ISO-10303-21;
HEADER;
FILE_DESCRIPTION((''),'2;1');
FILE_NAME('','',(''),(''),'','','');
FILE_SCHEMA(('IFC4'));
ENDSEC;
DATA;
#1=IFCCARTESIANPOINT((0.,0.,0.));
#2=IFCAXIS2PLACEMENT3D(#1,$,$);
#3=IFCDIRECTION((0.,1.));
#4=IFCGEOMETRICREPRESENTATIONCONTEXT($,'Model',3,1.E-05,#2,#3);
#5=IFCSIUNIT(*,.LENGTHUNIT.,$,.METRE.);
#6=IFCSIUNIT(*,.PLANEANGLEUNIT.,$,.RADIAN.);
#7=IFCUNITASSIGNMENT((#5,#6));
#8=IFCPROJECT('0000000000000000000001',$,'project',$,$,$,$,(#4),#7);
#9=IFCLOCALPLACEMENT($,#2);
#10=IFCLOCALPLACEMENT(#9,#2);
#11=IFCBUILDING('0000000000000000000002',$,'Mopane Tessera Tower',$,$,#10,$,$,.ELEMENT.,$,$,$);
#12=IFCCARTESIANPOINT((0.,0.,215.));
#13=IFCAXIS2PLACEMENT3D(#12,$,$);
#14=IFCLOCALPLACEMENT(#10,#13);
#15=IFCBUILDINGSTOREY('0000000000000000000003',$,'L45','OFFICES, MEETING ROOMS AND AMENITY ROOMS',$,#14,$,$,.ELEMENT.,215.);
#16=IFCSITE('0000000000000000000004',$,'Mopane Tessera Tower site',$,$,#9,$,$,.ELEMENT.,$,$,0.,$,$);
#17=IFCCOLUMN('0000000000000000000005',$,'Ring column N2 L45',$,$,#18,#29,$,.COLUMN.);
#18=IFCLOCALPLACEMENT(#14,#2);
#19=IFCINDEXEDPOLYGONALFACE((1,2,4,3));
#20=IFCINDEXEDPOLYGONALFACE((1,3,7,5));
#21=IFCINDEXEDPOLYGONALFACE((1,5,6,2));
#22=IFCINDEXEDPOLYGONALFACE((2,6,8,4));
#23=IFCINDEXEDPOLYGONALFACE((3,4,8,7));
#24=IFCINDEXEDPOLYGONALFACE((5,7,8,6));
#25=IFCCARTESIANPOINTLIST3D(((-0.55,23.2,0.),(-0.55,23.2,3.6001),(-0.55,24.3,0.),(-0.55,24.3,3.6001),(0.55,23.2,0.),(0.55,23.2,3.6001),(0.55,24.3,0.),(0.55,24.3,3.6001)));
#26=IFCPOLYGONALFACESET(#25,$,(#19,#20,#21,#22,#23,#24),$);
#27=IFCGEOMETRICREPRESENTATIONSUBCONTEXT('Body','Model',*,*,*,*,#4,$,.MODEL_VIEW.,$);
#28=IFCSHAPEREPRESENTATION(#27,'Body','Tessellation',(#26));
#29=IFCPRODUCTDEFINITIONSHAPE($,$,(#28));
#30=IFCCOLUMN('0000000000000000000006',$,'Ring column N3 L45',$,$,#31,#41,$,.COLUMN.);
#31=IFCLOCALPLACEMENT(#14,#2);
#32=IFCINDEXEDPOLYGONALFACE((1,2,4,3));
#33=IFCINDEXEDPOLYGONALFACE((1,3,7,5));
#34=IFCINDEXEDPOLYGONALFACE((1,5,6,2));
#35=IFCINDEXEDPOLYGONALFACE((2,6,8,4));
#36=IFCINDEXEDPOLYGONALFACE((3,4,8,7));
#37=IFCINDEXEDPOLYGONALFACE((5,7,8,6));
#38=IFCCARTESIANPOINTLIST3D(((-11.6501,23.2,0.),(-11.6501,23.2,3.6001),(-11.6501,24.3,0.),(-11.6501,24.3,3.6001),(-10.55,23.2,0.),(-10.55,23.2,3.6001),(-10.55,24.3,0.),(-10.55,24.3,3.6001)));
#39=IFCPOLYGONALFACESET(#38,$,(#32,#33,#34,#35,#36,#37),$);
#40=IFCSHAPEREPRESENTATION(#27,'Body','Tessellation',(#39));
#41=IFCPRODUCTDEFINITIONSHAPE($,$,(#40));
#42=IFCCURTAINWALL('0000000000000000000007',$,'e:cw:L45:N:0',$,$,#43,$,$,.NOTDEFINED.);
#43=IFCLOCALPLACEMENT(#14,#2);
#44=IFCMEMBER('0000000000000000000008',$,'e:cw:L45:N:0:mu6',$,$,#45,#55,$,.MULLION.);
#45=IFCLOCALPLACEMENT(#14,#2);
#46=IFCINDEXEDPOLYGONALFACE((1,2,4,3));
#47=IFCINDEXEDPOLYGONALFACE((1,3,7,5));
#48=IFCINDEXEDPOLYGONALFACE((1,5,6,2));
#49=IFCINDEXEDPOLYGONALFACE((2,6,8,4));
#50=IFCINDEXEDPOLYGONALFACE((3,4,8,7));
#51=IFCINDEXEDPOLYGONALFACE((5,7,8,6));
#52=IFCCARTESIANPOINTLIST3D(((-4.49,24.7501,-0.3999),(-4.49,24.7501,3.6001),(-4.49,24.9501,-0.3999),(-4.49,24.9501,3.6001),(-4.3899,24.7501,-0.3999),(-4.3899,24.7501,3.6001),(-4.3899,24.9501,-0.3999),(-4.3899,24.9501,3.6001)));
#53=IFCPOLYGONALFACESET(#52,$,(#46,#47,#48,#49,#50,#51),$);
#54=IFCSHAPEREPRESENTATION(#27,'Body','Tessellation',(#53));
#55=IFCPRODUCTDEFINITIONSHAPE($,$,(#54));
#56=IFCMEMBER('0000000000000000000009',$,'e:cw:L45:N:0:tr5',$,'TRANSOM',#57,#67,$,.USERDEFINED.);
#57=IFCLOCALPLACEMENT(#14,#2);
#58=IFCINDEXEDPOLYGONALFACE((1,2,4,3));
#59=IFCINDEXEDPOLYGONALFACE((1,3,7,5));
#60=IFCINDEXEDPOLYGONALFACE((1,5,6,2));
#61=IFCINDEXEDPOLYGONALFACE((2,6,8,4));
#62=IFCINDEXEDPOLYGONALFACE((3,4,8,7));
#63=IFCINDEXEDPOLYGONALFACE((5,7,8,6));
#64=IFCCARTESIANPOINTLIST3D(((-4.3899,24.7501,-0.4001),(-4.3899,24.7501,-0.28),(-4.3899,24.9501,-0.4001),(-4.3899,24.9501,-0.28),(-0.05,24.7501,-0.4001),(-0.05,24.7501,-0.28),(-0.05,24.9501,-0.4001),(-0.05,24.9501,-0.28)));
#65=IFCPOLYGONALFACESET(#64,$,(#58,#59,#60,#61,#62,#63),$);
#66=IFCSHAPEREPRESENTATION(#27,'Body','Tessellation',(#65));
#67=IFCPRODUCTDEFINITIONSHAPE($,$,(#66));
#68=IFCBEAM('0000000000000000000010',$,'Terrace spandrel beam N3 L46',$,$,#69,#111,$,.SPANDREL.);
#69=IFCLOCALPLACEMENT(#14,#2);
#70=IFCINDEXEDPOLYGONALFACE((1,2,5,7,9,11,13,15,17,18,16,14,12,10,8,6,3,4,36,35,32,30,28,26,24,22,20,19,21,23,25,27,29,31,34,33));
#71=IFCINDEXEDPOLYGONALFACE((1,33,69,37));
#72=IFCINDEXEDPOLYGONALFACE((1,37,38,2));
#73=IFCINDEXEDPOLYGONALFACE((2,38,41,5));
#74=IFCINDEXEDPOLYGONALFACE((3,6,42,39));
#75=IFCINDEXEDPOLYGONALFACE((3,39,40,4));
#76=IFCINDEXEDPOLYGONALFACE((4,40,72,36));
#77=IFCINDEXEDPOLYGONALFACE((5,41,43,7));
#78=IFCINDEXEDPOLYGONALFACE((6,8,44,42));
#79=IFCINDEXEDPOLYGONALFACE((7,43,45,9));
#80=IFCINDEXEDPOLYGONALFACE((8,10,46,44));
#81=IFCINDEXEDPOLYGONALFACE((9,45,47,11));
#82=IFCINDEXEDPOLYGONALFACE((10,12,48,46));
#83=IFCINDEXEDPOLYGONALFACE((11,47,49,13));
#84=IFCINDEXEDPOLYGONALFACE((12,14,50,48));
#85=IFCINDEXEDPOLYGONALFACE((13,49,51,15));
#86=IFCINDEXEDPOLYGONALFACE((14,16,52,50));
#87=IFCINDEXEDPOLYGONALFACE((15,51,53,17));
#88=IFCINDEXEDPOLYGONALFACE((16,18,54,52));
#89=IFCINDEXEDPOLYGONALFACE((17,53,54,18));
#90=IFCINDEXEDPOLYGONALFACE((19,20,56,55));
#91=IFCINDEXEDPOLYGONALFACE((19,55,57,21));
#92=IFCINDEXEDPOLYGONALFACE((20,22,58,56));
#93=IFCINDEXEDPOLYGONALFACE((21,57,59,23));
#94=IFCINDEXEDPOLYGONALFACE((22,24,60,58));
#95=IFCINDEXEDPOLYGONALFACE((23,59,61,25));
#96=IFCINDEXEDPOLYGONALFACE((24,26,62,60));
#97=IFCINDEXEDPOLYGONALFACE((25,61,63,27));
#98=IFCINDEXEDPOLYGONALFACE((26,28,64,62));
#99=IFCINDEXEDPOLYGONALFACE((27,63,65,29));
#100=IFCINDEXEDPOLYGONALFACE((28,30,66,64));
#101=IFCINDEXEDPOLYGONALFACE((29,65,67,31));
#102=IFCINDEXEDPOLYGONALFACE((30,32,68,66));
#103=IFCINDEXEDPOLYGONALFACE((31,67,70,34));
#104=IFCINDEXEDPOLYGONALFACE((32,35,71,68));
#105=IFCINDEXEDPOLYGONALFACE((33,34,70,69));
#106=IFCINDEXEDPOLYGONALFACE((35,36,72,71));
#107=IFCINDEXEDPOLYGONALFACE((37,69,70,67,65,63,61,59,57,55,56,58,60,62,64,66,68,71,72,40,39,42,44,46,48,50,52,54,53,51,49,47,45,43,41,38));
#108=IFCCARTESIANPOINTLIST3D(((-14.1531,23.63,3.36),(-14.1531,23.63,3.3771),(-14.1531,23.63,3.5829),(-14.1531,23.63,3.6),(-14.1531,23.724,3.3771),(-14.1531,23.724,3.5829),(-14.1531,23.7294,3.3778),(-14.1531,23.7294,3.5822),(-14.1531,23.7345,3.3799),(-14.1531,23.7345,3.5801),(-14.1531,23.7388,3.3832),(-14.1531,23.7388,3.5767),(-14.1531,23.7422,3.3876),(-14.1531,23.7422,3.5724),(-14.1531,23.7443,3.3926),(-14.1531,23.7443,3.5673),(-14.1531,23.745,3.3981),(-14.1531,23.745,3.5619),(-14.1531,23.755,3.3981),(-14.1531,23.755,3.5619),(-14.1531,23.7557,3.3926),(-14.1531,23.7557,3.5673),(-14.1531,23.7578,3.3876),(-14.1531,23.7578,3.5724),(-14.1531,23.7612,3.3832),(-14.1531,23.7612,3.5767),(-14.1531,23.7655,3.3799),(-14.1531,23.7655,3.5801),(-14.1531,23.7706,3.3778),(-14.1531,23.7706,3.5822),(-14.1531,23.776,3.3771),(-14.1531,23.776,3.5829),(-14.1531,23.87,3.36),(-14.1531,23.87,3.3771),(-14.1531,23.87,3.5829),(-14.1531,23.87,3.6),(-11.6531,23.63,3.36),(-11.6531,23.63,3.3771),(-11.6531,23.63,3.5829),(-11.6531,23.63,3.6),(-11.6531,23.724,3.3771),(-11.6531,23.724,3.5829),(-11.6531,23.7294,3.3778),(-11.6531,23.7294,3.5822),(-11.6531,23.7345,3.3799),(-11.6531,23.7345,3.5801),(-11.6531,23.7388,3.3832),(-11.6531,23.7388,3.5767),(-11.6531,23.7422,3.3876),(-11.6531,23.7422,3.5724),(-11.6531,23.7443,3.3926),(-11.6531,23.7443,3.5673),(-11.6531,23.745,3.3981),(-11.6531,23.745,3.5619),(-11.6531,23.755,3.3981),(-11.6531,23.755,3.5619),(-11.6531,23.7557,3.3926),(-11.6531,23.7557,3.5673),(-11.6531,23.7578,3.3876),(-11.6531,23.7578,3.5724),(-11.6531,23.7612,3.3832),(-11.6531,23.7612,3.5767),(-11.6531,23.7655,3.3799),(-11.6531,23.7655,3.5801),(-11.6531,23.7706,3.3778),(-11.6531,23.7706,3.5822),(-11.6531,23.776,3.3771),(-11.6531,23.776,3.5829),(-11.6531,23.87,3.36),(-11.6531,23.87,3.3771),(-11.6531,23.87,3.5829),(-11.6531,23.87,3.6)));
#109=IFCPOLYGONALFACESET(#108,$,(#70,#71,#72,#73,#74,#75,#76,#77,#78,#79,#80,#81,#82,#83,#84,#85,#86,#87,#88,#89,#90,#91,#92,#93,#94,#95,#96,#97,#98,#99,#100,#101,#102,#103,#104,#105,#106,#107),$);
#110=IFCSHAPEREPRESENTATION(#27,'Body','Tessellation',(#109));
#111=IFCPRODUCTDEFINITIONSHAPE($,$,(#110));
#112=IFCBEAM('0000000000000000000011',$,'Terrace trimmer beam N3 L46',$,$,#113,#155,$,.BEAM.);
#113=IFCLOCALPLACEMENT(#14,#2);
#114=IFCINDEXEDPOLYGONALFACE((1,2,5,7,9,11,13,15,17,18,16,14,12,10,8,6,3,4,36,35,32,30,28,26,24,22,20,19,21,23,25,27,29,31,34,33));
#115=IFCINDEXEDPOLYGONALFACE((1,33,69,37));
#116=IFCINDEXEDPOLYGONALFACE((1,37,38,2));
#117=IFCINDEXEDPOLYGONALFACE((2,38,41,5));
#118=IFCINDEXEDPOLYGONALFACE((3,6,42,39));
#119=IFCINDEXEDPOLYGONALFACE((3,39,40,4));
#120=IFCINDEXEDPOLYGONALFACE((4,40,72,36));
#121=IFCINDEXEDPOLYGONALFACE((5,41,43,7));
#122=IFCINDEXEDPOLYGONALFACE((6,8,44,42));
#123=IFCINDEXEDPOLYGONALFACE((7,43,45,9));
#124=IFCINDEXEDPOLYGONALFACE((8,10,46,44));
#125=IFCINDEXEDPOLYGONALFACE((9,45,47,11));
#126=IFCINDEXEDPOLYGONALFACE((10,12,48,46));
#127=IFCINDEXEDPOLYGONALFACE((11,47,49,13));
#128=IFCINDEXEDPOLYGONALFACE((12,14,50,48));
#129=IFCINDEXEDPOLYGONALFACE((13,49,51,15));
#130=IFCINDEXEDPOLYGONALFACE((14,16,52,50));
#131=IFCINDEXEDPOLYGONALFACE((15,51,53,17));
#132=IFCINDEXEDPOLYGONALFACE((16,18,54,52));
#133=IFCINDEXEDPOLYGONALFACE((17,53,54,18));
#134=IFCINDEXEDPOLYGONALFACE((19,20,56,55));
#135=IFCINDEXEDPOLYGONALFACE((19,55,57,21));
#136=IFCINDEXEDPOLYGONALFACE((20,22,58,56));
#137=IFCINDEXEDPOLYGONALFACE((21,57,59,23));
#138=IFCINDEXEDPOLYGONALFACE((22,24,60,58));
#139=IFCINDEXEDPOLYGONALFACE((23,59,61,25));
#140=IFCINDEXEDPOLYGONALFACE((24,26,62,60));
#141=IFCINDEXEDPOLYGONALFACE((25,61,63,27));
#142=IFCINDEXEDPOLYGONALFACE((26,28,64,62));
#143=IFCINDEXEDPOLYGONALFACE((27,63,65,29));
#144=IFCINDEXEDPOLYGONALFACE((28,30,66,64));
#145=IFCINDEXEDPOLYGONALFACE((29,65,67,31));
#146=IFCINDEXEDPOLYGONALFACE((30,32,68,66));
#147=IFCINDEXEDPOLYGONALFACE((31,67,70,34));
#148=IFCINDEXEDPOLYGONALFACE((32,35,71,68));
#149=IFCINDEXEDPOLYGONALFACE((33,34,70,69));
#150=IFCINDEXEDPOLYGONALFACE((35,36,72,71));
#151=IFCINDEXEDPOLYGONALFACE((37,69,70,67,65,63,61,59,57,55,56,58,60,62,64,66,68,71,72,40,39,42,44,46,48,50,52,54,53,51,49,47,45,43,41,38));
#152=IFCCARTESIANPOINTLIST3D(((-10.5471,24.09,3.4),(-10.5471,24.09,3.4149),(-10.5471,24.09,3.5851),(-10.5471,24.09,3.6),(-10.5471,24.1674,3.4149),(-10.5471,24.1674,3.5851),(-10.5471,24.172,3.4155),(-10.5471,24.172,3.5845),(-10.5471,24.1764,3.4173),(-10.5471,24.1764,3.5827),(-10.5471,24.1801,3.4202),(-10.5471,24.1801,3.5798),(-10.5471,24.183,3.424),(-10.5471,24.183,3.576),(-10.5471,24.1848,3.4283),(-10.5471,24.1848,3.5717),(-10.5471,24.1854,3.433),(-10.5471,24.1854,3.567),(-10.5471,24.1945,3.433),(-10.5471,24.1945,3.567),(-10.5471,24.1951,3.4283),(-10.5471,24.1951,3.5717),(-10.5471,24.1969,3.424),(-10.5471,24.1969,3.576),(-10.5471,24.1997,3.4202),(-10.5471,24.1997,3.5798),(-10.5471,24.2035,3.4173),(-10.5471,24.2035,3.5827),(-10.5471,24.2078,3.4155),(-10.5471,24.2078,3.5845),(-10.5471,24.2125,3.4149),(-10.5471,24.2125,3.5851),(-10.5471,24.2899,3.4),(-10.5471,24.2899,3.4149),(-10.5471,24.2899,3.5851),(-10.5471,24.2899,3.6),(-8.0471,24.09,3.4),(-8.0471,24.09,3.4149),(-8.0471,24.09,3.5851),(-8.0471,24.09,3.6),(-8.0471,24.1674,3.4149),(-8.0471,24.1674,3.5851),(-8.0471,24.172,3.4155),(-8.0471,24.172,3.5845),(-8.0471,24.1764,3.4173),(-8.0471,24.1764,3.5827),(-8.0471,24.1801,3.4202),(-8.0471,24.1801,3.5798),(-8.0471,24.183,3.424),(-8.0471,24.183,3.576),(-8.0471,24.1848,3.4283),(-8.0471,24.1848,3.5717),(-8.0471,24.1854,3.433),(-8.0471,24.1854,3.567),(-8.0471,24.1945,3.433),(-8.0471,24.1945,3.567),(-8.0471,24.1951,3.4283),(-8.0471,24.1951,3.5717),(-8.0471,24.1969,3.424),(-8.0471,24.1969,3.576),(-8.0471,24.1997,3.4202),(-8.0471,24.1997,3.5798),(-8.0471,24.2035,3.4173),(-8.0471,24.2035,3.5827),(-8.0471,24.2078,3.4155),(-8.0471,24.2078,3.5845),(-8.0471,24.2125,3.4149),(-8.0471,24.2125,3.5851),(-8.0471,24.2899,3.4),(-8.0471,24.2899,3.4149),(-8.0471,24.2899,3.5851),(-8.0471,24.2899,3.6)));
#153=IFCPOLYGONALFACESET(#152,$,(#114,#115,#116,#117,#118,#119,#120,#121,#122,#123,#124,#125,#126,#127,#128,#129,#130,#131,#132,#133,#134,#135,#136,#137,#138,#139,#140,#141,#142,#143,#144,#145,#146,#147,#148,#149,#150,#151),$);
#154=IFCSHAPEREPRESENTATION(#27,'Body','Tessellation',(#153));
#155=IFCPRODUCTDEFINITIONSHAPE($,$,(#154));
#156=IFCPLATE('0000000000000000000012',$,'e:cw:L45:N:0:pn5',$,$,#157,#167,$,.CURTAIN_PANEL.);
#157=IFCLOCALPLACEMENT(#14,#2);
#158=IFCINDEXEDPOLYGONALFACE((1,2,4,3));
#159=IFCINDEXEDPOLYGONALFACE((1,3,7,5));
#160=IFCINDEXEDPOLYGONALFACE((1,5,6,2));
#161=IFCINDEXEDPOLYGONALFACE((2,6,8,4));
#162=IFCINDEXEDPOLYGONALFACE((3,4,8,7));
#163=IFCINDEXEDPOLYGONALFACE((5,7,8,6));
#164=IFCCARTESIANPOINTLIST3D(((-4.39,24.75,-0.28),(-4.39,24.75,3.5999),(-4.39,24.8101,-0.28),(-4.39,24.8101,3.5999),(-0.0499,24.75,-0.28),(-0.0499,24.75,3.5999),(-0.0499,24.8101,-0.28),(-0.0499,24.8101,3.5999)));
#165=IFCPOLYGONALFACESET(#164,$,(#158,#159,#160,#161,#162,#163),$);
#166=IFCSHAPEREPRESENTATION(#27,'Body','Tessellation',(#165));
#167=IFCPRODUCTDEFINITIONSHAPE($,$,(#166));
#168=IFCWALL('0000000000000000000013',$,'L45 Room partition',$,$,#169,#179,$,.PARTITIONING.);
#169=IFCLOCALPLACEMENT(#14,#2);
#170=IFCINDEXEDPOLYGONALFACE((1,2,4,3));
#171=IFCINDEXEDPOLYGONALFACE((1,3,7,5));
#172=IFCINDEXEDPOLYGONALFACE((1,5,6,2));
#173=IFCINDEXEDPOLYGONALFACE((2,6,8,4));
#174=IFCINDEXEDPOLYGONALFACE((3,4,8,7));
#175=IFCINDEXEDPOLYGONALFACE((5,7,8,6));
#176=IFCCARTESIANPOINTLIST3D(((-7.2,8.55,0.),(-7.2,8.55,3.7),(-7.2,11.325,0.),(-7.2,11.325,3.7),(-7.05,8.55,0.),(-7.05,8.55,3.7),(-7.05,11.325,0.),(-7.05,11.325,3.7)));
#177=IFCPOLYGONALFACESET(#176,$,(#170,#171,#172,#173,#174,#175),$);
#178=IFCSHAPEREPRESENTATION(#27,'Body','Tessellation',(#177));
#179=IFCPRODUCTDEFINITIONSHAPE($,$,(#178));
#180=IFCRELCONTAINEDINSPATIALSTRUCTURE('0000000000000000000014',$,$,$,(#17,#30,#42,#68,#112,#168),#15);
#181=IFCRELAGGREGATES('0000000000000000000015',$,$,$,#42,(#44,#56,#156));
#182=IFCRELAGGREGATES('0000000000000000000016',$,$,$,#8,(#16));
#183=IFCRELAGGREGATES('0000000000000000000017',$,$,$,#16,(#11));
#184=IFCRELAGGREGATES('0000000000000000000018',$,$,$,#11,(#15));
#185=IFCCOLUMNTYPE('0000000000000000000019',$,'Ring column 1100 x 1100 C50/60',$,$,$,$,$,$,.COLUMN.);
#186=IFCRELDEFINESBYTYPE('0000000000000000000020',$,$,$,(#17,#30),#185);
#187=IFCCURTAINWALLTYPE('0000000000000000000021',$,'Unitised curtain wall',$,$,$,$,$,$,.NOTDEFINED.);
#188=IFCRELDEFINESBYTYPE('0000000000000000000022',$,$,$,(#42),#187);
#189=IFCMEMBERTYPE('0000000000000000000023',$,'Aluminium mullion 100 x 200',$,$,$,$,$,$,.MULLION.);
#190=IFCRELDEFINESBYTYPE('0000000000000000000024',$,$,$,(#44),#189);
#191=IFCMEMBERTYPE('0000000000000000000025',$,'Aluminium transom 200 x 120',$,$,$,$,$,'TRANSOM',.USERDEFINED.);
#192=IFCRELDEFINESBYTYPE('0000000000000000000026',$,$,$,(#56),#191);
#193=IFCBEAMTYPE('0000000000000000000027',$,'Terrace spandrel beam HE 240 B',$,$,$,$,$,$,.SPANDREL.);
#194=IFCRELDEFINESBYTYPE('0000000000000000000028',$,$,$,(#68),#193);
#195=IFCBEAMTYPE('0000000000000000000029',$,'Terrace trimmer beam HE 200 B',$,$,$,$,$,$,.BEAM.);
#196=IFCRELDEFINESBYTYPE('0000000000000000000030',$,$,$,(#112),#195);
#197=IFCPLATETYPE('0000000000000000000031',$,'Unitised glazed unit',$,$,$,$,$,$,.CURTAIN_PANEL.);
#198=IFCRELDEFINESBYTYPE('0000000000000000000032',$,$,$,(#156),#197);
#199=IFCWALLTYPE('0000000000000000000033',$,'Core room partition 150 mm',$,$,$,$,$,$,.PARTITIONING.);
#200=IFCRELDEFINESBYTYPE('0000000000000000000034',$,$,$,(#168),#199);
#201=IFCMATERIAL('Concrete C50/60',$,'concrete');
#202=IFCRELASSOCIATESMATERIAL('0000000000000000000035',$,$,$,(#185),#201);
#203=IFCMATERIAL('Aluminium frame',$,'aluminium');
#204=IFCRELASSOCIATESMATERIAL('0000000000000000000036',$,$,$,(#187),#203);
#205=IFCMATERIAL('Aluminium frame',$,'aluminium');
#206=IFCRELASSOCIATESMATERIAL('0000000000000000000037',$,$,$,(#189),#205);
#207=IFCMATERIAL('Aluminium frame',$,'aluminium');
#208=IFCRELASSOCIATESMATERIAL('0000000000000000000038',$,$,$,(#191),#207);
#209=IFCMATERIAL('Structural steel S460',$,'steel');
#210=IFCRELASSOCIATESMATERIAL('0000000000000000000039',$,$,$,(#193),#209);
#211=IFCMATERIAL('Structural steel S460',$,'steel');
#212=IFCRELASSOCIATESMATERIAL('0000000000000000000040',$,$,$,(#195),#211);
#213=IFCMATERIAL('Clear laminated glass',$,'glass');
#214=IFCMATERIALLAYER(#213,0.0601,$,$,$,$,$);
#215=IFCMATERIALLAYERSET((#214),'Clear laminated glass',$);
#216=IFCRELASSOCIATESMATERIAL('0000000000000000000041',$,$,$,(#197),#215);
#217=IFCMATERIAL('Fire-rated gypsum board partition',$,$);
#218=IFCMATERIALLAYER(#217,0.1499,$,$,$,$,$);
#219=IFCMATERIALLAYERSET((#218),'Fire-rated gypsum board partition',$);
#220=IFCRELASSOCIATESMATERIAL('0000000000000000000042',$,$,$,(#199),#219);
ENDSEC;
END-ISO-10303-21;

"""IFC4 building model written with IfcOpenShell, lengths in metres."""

from ifc_helpers import new_model, si_unit, direction, frame, frame_2d, origin, origin_2d, place, context, subcontext, project, spatial, rectangle, i_section, extrude, material, layer, layer_set, material_profile, profile_set, type_object, element, aggregate, save


model = new_model("IFC4")

# Units and contexts
model_context = context("Model", 3, precision=1e-05, world=origin(), true_north=direction((0.0, 1.0)))
body_context = subcontext(model_context, "Body", "Model", "MODEL_VIEW")
ifc_project = project(units=[si_unit("LENGTHUNIT", "METRE"), si_unit("PLANEANGLEUNIT", "RADIAN")], contexts=[model_context])

# Site, building, storey
site_placement = place(None, origin())
site = spatial("IfcSite", under=ifc_project, at=site_placement, Name="Mopane Tessera Tower site", CompositionType="ELEMENT", RefElevation=0.0)
building_placement = place(site_placement, origin())
building = spatial("IfcBuilding", under=site, at=building_placement, Name="Mopane Tessera Tower", CompositionType="ELEMENT")
storey_placement = place(building_placement, frame((0.0, 0.0, 215.0)))
storey = spatial("IfcBuildingStorey", under=building, at=storey_placement, Name="L45", Description="OFFICES, MEETING ROOMS AND AMENITY ROOMS", CompositionType="ELEMENT", Elevation=215.0)

# Columns
ifc_material_1 = material(Name="Concrete C50/60", Category="concrete")
ifc_material_profile_1 = material_profile(ifc_material_1, rectangle(XDim=1.1001, YDim=1.1001, at=origin_2d()))
ifc_profile_set_1 = profile_set([ifc_material_profile_1], Name="Concrete C50/60")
column_type = type_object("IfcColumnType", Name="Ring column 1100 x 1100 C50/60", PredefinedType="COLUMN", material=ifc_profile_set_1)
for number, where, z_axis, x_axis, name in (
    (1, (0.0, 23.75, 0.0), (0.0, 0.0, 1.0), (1.0, 0.0, 0.0), "Ring column N2 L45"),
    (2, (-11.1001, 23.75, 0.0), (0.0, 0.0, 1.0), (1.0, 0.0, 0.0), "Ring column N3 L45"),
):
    element("IfcColumn", number, at=place(storey_placement, frame(where, z_axis=z_axis, x_axis=x_axis)), inside=storey, type_object=column_type, Name=name, PredefinedType="COLUMN", context=body_context, shape_type="SweptSolid", body=[
        extrude(rectangle(XDim=1.1001, YDim=1.1001, at=origin_2d()), origin(), (0.0, 0.0, 1.0), 3.6001),
    ])

# Curtain wall, members
ifc_material_2 = material(Name="Aluminium frame", Category="aluminium")
curtain_wall_type = type_object("IfcCurtainWallType", Name="Unitised curtain wall", PredefinedType="NOTDEFINED", material=ifc_material_2)
curtain_wall_placement = place(storey_placement, origin())
curtain_wall = element("IfcCurtainWall", 3, at=curtain_wall_placement, inside=storey, type_object=curtain_wall_type, Name="e:cw:L45:N:0", PredefinedType="NOTDEFINED")
ifc_material_3 = material(Name="Aluminium frame", Category="aluminium")
ifc_material_profile_2 = material_profile(ifc_material_3, rectangle(XDim=0.1001, YDim=0.2, at=origin_2d()))
ifc_profile_set_2 = profile_set([ifc_material_profile_2], Name="Aluminium frame")
member_type_1 = type_object("IfcMemberType", Name="Aluminium mullion 100 x 200", PredefinedType="MULLION", material=ifc_profile_set_2)
member_1_placement = place(storey_placement, frame((-4.4399, 24.8501, -0.3999), z_axis=(0.0, 0.0, 1.0), x_axis=(-1.0, 0.0, 0.0)))
member_1 = element("IfcMember", 4, at=member_1_placement, type_object=member_type_1, Name="e:cw:L45:N:0:mu6", PredefinedType="MULLION", context=body_context, shape_type="SweptSolid", body=[
    extrude(rectangle(XDim=0.1001, YDim=0.2, at=origin_2d()), origin(), (0.0, 0.0, 1.0), 4.0),
])
ifc_material_4 = material(Name="Aluminium frame", Category="aluminium")
ifc_material_profile_3 = material_profile(ifc_material_4, rectangle(XDim=0.2, YDim=0.1201, at=origin_2d()))
ifc_profile_set_3 = profile_set([ifc_material_profile_3], Name="Aluminium frame")
member_type_2 = type_object("IfcMemberType", Name="Aluminium transom 200 x 120", ElementType="TRANSOM", PredefinedType="USERDEFINED", material=ifc_profile_set_3)
member_2_placement = place(storey_placement, frame((-0.05, 24.8501, -0.3401), z_axis=(-1.0, 0.0, 0.0), x_axis=(0.0, -1.0, 0.0)))
member_2 = element("IfcMember", 5, at=member_2_placement, type_object=member_type_2, Name="e:cw:L45:N:0:tr5", ObjectType="TRANSOM", PredefinedType="USERDEFINED", context=body_context, shape_type="SweptSolid", body=[
    extrude(rectangle(XDim=0.2, YDim=0.1201, at=origin_2d()), origin(), (0.0, 0.0, 1.0), 4.3398),
])

# Beams
ifc_material_5 = material(Name="Structural steel S460", Category="steel")
ifc_material_profile_4 = material_profile(ifc_material_5, i_section(OverallWidth=0.24, OverallDepth=0.24, WebThickness=0.01, FlangeThickness=0.0171, FilletRadius=0.021, at=origin_2d()))
ifc_profile_set_4 = profile_set([ifc_material_profile_4], Name="Structural steel S460")
beam_type_1 = type_object("IfcBeamType", Name="Terrace spandrel beam HE 240 B", PredefinedType="SPANDREL", material=ifc_profile_set_4)
beam_1_placement = place(storey_placement, frame((-11.6531, 23.75, 3.48), z_axis=(-1.0, 0.0, 0.0), x_axis=(0.0, -1.0, 0.0)))
element("IfcBeam", 6, at=beam_1_placement, inside=storey, type_object=beam_type_1, Name="Terrace spandrel beam N3 L46", PredefinedType="SPANDREL", context=body_context, shape_type="SweptSolid", body=[
    extrude(i_section(OverallWidth=0.24, OverallDepth=0.24, WebThickness=0.01, FlangeThickness=0.0171, FilletRadius=0.021, at=origin_2d()), origin(), (0.0, 0.0, 1.0), 2.5),
])
ifc_material_6 = material(Name="Structural steel S460", Category="steel")
ifc_material_profile_5 = material_profile(ifc_material_6, i_section(OverallWidth=0.2, OverallDepth=0.2, WebThickness=0.009, FlangeThickness=0.0149, FilletRadius=0.0181, at=origin_2d()))
ifc_profile_set_5 = profile_set([ifc_material_profile_5], Name="Structural steel S460")
beam_type_2 = type_object("IfcBeamType", Name="Terrace trimmer beam HE 200 B", PredefinedType="BEAM", material=ifc_profile_set_5)
beam_2_placement = place(storey_placement, frame((-10.5471, 24.1899, 3.5), z_axis=(1.0, 0.0, 0.0), x_axis=(0.0, 1.0, 0.0)))
element("IfcBeam", 7, at=beam_2_placement, inside=storey, type_object=beam_type_2, Name="Terrace trimmer beam N3 L46", PredefinedType="BEAM", context=body_context, shape_type="SweptSolid", body=[
    extrude(i_section(OverallWidth=0.2, OverallDepth=0.2, WebThickness=0.009, FlangeThickness=0.0149, FilletRadius=0.0181, at=origin_2d()), origin(), (0.0, 0.0, 1.0), 2.5),
])

# Plate
ifc_material_7 = material(Name="Clear laminated glass", Category="glass")
ifc_layer_1 = layer(ifc_material_7, 0.0601)
ifc_layer_set_1 = layer_set([ifc_layer_1], Name="Clear laminated glass")
plate_type = type_object("IfcPlateType", Name="Unitised glazed unit", PredefinedType="CURTAIN_PANEL", material=ifc_layer_set_1)
plate_placement = place(storey_placement, frame((-2.22, 24.78, -0.28), z_axis=(0.0, 0.0, 1.0), x_axis=(-1.0, 0.0, 0.0)))
plate = element("IfcPlate", 8, at=plate_placement, type_object=plate_type, Name="e:cw:L45:N:0:pn5", PredefinedType="CURTAIN_PANEL", context=body_context, shape_type="SweptSolid", body=[
    extrude(rectangle(XDim=4.3401, YDim=0.0601, at=origin_2d()), origin(), (0.0, 0.0, 1.0), 3.8799),
])
aggregate(curtain_wall, [member_1, member_2, plate])

# Wall
ifc_material_8 = material(Name="Fire-rated gypsum board partition")
ifc_layer_2 = layer(ifc_material_8, 0.1499)
ifc_layer_set_2 = layer_set([ifc_layer_2], Name="Fire-rated gypsum board partition")
wall_type_1 = type_object("IfcWallType", Name="Core room partition 150 mm", PredefinedType="PARTITIONING", material=ifc_layer_set_2)
for number, where, z_axis, x_axis, name in (
    (9, (-7.125, 8.55, 0.0), (0.0, 0.0, 1.0), (0.0, 1.0, 0.0), "L45 Room partition"),
):
    element("IfcWall", number, at=place(storey_placement, frame(where, z_axis=z_axis, x_axis=x_axis)), inside=storey, type_object=wall_type_1, Name=name, PredefinedType="PARTITIONING", context=body_context, shape_type="SweptSolid", body=[
        extrude(rectangle(XDim=2.7749, YDim=0.1499, at=frame_2d((1.3875, 0.0))), origin(), (0.0, 0.0, 1.0), 3.7),
    ])

save(model, "model.ifc")
